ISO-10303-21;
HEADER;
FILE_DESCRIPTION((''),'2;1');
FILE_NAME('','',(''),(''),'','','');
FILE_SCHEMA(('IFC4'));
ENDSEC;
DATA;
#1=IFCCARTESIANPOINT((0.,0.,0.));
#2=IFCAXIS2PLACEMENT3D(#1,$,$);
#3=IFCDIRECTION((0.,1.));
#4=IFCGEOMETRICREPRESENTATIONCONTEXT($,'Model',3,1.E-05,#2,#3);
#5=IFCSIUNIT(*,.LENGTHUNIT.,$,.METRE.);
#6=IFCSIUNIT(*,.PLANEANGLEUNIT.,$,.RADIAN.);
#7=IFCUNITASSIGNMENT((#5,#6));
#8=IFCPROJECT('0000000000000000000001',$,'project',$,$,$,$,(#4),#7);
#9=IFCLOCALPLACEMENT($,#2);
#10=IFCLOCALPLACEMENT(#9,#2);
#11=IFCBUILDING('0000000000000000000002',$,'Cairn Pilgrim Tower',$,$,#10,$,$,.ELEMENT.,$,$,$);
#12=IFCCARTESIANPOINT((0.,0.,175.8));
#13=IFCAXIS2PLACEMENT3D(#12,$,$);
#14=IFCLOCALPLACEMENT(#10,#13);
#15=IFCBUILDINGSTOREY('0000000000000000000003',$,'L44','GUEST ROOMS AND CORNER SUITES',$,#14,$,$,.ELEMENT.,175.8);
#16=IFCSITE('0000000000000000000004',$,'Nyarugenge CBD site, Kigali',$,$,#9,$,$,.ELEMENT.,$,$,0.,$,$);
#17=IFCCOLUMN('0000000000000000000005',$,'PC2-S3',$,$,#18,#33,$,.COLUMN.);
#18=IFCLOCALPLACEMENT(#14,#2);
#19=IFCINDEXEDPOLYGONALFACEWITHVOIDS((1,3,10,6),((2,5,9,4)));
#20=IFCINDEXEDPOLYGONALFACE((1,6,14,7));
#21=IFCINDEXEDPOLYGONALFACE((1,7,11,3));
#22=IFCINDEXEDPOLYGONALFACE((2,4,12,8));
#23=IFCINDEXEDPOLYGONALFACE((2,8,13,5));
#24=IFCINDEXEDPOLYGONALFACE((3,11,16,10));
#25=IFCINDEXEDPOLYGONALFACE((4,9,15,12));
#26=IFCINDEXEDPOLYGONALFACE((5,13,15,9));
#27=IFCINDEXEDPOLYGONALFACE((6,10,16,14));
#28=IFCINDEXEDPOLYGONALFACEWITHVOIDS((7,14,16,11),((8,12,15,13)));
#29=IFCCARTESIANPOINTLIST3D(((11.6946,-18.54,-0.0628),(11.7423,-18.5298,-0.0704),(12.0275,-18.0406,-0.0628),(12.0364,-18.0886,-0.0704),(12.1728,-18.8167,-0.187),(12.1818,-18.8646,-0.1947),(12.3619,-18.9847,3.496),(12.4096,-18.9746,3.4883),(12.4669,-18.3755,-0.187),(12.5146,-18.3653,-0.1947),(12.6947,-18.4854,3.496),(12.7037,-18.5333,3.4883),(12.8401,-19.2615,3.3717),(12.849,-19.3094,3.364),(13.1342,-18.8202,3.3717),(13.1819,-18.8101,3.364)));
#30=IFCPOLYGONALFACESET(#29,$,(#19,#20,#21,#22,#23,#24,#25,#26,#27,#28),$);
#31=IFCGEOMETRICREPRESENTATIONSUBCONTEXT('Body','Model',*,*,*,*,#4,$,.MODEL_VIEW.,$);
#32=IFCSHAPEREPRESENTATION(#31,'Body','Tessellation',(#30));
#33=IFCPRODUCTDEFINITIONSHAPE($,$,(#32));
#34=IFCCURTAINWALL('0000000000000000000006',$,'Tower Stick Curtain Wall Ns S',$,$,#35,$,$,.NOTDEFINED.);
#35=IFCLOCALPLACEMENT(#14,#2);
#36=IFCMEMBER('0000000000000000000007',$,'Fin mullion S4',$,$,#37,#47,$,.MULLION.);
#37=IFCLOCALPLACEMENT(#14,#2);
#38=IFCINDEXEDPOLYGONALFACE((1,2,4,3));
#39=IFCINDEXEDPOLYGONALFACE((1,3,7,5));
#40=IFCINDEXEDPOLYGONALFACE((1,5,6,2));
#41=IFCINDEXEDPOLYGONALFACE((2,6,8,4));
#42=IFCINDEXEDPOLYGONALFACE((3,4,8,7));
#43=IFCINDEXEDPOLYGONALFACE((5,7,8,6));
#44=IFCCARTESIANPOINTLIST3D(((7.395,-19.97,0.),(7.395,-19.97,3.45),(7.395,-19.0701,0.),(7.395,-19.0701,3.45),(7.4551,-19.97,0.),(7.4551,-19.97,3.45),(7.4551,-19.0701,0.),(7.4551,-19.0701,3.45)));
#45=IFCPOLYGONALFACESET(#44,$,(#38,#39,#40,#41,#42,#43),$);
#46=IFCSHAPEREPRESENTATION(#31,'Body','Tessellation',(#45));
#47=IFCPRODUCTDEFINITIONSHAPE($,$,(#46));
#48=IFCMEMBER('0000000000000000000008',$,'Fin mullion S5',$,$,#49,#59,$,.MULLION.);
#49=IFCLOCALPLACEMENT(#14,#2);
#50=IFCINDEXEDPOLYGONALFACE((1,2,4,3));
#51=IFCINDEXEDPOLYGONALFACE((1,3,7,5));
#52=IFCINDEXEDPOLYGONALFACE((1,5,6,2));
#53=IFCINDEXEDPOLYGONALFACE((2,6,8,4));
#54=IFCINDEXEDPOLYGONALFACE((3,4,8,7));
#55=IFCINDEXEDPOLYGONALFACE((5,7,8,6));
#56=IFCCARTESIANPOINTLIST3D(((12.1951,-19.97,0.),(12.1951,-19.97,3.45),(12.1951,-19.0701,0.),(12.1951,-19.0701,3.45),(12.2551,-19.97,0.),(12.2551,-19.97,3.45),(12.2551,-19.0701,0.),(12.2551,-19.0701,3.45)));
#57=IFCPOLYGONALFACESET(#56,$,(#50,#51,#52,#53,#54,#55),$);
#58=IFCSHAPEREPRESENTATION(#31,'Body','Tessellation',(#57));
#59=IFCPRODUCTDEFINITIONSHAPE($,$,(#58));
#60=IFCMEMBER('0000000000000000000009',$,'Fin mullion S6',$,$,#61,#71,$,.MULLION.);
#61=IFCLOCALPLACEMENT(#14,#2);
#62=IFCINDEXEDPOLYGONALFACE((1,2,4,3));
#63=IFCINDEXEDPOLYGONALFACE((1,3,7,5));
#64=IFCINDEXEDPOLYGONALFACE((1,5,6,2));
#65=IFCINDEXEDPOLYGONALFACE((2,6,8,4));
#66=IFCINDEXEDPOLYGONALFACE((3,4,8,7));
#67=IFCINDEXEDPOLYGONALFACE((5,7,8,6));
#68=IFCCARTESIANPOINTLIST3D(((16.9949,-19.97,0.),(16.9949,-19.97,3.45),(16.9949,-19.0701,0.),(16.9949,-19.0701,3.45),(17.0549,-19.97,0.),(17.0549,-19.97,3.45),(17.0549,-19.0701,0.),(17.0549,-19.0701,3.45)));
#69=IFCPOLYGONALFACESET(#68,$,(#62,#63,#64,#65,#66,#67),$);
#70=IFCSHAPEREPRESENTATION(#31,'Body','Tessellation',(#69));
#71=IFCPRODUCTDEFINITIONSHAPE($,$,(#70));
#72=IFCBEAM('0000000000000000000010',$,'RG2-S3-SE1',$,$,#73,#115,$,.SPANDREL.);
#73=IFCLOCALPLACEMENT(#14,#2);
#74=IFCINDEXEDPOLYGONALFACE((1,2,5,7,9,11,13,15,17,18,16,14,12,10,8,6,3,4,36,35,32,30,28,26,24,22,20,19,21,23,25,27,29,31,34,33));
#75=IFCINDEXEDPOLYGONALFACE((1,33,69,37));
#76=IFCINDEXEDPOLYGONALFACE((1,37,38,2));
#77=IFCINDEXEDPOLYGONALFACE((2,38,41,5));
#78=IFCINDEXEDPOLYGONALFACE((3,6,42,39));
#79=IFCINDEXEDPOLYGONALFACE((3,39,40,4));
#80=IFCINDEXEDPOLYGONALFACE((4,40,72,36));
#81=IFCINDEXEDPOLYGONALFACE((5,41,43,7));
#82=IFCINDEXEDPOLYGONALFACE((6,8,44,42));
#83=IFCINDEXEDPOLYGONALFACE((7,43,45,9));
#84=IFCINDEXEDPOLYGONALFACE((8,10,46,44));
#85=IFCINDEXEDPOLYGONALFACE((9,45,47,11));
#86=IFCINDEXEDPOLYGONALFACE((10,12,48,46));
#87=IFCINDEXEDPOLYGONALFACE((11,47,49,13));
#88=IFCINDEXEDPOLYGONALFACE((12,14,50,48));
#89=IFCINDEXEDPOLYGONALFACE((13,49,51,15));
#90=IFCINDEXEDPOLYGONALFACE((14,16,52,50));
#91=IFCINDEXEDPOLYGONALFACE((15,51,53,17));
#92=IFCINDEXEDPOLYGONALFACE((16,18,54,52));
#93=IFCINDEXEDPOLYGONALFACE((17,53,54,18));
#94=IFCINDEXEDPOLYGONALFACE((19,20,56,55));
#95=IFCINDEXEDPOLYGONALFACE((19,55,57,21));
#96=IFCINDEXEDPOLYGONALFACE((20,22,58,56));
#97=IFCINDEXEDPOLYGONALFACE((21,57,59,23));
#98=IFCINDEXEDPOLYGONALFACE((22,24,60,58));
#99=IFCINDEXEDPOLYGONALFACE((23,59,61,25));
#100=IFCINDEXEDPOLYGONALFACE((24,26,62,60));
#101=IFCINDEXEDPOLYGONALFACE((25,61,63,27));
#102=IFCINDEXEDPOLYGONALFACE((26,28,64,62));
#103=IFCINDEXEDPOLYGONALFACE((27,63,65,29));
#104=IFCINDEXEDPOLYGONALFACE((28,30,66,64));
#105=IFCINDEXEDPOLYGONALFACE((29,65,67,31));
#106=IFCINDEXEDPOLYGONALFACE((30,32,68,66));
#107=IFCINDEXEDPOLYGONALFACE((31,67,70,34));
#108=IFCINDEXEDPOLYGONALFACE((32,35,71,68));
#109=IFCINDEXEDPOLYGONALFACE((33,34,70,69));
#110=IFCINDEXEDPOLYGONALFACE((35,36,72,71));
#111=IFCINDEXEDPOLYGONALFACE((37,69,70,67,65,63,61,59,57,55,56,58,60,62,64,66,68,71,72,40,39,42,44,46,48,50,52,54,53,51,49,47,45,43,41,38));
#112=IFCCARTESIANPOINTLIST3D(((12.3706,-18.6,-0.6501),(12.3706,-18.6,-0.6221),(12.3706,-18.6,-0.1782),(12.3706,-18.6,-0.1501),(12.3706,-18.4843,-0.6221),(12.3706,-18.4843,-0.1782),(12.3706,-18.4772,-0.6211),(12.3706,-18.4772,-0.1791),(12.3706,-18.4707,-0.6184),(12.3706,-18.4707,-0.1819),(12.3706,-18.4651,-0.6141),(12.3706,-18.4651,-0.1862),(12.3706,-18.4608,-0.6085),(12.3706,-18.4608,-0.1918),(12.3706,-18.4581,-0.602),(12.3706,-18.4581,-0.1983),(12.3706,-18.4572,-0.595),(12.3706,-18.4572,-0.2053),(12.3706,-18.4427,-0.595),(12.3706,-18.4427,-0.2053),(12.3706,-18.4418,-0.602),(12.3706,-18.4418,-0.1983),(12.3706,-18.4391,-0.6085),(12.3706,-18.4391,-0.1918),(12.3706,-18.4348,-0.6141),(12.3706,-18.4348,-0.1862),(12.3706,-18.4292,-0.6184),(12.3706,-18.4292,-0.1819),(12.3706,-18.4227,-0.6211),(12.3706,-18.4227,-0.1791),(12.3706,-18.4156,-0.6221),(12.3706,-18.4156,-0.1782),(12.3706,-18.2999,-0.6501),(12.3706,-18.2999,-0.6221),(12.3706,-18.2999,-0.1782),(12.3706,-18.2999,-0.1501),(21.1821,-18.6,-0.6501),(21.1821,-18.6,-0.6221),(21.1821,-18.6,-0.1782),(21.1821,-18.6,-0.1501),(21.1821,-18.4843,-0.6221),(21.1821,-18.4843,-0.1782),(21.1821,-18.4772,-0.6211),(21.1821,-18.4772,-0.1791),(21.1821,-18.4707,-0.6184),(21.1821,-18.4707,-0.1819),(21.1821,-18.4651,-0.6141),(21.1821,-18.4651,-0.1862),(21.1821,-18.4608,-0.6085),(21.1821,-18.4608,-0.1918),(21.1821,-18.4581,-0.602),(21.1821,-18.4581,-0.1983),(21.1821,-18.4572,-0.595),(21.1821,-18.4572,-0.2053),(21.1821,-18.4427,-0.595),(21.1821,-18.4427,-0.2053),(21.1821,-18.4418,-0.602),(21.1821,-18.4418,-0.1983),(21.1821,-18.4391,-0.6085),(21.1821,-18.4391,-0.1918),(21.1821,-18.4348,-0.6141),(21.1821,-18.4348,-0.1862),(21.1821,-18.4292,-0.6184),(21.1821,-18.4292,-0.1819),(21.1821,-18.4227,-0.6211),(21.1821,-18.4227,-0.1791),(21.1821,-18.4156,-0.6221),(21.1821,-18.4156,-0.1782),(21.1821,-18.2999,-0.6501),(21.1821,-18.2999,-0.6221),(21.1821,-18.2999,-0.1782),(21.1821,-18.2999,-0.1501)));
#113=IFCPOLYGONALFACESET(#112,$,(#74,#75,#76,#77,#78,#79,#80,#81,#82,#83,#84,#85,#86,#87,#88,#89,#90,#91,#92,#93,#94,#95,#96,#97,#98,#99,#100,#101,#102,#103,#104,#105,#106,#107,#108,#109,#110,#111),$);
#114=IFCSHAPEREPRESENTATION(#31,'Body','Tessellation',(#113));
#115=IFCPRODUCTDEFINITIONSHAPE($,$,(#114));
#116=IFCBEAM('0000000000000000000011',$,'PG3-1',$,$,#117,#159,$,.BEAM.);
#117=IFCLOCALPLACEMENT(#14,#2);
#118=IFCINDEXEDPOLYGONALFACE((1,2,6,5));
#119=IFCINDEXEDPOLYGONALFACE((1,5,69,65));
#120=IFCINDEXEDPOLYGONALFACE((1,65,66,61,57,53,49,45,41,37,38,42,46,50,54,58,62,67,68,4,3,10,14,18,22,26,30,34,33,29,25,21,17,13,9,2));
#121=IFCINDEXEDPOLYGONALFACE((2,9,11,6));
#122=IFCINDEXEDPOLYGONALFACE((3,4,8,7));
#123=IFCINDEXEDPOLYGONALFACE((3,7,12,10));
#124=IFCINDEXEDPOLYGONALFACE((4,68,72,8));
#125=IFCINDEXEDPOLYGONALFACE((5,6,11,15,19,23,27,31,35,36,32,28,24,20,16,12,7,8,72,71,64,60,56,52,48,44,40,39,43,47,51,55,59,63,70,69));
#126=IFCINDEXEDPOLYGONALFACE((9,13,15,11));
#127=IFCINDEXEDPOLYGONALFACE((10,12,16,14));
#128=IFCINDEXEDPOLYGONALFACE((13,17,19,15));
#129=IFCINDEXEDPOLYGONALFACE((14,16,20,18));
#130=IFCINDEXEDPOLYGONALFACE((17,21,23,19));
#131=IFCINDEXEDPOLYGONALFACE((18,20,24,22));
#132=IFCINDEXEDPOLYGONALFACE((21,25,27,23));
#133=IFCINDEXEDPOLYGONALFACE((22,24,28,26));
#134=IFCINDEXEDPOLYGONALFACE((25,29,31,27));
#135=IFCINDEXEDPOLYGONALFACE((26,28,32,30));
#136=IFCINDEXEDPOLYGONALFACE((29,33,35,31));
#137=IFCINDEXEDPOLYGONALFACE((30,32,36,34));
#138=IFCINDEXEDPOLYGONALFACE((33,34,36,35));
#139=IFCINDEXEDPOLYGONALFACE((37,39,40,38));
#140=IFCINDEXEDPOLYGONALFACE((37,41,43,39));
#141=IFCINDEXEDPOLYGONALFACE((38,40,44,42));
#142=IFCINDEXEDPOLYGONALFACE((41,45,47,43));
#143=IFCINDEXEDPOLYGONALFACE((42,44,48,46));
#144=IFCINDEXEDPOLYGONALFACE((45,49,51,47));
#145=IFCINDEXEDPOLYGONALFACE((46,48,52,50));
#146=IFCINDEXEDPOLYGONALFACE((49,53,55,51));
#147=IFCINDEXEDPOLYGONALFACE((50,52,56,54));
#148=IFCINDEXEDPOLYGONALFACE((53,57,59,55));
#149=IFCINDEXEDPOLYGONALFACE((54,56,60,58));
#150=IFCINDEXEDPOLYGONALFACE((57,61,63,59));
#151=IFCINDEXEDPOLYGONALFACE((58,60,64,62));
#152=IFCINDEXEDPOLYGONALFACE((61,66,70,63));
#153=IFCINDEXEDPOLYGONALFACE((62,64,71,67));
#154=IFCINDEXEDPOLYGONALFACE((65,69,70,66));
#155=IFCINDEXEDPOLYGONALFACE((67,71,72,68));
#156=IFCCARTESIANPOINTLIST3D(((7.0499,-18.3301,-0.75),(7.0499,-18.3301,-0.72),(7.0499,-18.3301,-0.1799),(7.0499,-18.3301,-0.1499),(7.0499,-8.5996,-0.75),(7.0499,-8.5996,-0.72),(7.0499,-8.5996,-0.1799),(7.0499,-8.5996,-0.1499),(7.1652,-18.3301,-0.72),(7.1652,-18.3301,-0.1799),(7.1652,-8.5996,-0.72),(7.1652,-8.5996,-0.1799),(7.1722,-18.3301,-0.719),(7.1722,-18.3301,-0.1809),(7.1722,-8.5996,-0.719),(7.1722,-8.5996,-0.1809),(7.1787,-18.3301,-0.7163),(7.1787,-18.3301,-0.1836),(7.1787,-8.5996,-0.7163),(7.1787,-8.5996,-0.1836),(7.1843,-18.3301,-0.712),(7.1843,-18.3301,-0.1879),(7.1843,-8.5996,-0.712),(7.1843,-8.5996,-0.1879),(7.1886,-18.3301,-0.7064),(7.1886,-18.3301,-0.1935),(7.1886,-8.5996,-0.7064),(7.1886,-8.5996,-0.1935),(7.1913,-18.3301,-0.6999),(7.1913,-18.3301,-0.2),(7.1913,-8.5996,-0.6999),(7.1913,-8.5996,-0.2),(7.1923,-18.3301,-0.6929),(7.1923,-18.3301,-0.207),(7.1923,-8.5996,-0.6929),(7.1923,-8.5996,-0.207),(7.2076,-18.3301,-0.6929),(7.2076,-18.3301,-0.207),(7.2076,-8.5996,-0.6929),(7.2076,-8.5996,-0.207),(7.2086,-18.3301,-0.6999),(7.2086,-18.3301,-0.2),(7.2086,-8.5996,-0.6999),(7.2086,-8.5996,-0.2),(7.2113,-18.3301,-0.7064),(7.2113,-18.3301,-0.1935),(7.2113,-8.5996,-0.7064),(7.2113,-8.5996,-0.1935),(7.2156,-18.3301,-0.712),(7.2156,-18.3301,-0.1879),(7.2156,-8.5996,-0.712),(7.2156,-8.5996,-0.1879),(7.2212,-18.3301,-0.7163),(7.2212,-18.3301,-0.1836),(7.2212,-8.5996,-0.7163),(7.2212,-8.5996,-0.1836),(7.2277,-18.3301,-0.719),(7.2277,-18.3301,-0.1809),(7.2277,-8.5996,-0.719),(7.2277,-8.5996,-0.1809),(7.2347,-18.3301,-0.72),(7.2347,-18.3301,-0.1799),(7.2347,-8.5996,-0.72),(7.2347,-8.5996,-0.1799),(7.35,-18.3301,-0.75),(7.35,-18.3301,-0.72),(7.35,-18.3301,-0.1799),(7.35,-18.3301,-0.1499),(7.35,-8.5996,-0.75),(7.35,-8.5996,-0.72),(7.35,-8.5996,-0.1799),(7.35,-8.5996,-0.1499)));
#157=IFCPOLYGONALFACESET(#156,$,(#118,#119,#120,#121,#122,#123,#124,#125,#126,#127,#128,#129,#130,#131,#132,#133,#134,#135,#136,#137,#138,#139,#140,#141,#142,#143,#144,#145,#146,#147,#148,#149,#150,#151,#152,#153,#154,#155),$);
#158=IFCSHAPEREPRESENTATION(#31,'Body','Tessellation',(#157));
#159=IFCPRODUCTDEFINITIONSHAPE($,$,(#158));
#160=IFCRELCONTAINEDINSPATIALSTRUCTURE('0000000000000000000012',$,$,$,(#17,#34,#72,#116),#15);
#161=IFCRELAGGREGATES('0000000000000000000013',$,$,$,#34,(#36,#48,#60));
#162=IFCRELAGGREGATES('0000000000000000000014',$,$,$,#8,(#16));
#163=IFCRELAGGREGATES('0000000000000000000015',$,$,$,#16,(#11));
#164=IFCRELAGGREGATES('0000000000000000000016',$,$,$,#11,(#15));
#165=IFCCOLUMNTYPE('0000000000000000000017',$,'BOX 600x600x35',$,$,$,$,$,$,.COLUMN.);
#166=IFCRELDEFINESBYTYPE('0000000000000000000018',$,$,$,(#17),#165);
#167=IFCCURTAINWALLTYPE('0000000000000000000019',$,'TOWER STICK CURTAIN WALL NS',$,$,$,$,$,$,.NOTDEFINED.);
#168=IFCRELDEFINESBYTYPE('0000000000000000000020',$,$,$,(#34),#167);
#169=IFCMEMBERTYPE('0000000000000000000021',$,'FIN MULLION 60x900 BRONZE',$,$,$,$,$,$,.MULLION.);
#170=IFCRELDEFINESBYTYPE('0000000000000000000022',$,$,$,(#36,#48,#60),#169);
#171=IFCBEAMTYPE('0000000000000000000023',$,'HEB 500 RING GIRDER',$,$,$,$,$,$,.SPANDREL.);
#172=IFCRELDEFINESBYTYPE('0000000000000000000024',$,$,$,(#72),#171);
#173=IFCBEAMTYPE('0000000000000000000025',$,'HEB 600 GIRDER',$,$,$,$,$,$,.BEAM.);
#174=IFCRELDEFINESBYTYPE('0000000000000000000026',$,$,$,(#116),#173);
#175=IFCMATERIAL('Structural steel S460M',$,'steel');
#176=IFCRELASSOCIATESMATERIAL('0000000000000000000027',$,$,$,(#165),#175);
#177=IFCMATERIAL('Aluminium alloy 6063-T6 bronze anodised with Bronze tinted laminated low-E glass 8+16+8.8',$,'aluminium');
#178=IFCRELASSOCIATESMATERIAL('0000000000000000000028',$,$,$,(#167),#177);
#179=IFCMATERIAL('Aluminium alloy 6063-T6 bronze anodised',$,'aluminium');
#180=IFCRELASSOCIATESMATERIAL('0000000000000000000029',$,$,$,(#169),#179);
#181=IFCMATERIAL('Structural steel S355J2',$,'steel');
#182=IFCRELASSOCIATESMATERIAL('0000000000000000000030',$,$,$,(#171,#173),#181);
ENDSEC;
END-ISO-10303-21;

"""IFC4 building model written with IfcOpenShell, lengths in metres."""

from ifc_helpers import new_model, si_unit, direction, frame, origin, origin_2d, place, context, subcontext, project, spatial, rectangle, hollow_rectangle, i_section, extrude, clip, halfspace, material, material_profile, profile_set, type_object, element, aggregate, save


model = new_model("IFC4")

# Units and contexts
model_context = context("Model", 3, precision=1e-05, world=origin(), true_north=direction((0.0, 1.0)))
body_context = subcontext(model_context, "Body", "Model", "MODEL_VIEW")
ifc_project = project(units=[si_unit("LENGTHUNIT", "METRE"), si_unit("PLANEANGLEUNIT", "RADIAN")], contexts=[model_context])

# Site, building, storey
site_placement = place(None, origin())
site = spatial("IfcSite", under=ifc_project, at=site_placement, Name="Nyarugenge CBD site, Kigali", CompositionType="ELEMENT", RefElevation=0.0)
building_placement = place(site_placement, origin())
building = spatial("IfcBuilding", under=site, at=building_placement, Name="Cairn Pilgrim Tower", CompositionType="ELEMENT")
storey_placement = place(building_placement, frame((0.0, 0.0, 175.8)))
storey = spatial("IfcBuildingStorey", under=building, at=storey_placement, Name="L44", Description="GUEST ROOMS AND CORNER SUITES", CompositionType="ELEMENT", Elevation=175.8)

# Column
ifc_material_1 = material(Name="Structural steel S460M", Category="steel")
ifc_material_profile_1 = material_profile(ifc_material_1, hollow_rectangle(XDim=0.6001, YDim=0.6001, WallThickness=0.0349, at=origin_2d()), Name="BOX 600x600x35")
ifc_profile_set_1 = profile_set([ifc_material_profile_1], Name="Structural steel S460M")
column_type = type_object("IfcColumnType", Name="BOX 600x600x35", PredefinedType="COLUMN", material=ifc_profile_set_1)
column_placement = place(storey_placement, frame((12.1006, -18.45, -0.1501), z_axis=(0.182922, -0.121926, 0.975538), x_axis=(0.554631, 0.832097, 0.0)))
element("IfcColumn", 1, at=column_placement, inside=storey, type_object=column_type, Name="PC2-S3", PredefinedType="COLUMN", context=body_context, shape_type="Clipping", body=[
    clip(clip(extrude(hollow_rectangle(XDim=0.6001, YDim=0.6001, WallThickness=0.0349, at=origin_2d()), origin(), (0.0, 0.0, 1.0), 3.6904), halfspace(frame((0.0, 0.0, 0.022), z_axis=(0.0, 0.0, 1.0), x_axis=(1.0, 0.0, 0.0)), True)), halfspace(frame((0.0, 0.0, 3.6699), z_axis=(0.0, 0.0, 1.0), x_axis=(1.0, 0.0, 0.0)), False)),
])

# Curtain wall, members
ifc_material_2 = material(Name="Aluminium alloy 6063-T6 bronze anodised with Bronze tinted laminated low-E glass 8+16+8.8", Category="aluminium")
curtain_wall_type = type_object("IfcCurtainWallType", Name="TOWER STICK CURTAIN WALL NS", PredefinedType="NOTDEFINED", material=ifc_material_2)
curtain_wall_placement = place(storey_placement, origin())
curtain_wall = element("IfcCurtainWall", 2, at=curtain_wall_placement, inside=storey, type_object=curtain_wall_type, Name="Tower Stick Curtain Wall Ns S", PredefinedType="NOTDEFINED")
ifc_material_3 = material(Name="Aluminium alloy 6063-T6 bronze anodised", Category="aluminium")
ifc_material_profile_2 = material_profile(ifc_material_3, rectangle(XDim=0.8999, YDim=0.0601, at=origin_2d()), Name="FIN MULLION 60x900 BRONZE")
ifc_profile_set_2 = profile_set([ifc_material_profile_2], Name="Aluminium alloy 6063-T6 bronze anodised")
member_type_1 = type_object("IfcMemberType", Name="FIN MULLION 60x900 BRONZE", PredefinedType="MULLION", material=ifc_profile_set_2)
member_1_placement = place(storey_placement, frame((7.425, -19.52, 0.0), z_axis=(0.0, 0.0, 1.0), x_axis=(0.0, -1.0, 0.0)))
member_1 = element("IfcMember", 3, at=member_1_placement, type_object=member_type_1, Name="Fin mullion S4", PredefinedType="MULLION", context=body_context, shape_type="SweptSolid", body=[
    extrude(rectangle(XDim=0.8999, YDim=0.0601, at=origin_2d()), origin(), (0.0, 0.0, 1.0), 3.45),
])
member_2_placement = place(storey_placement, frame((12.2251, -19.52, 0.0), z_axis=(0.0, 0.0, 1.0), x_axis=(0.0, -1.0, 0.0)))
member_2 = element("IfcMember", 4, at=member_2_placement, type_object=member_type_1, Name="Fin mullion S5", PredefinedType="MULLION", context=body_context, shape_type="SweptSolid", body=[
    extrude(rectangle(XDim=0.8999, YDim=0.0601, at=origin_2d()), origin(), (0.0, 0.0, 1.0), 3.45),
])
member_3_placement = place(storey_placement, frame((17.0249, -19.52, 0.0), z_axis=(0.0, 0.0, 1.0), x_axis=(0.0, -1.0, 0.0)))
member_3 = element("IfcMember", 5, at=member_3_placement, type_object=member_type_1, Name="Fin mullion S6", PredefinedType="MULLION", context=body_context, shape_type="SweptSolid", body=[
    extrude(rectangle(XDim=0.8999, YDim=0.0601, at=origin_2d()), origin(), (0.0, 0.0, 1.0), 3.45),
])

# Beams
ifc_material_4 = material(Name="Structural steel S355J2", Category="steel")
ifc_material_profile_3 = material_profile(ifc_material_4, i_section(OverallWidth=0.3, OverallDepth=0.5, WebThickness=0.0144, FlangeThickness=0.0281, FilletRadius=0.0271, at=origin_2d()), Name="HEB 500")
ifc_profile_set_3 = profile_set([ifc_material_profile_3], Name="Structural steel S355J2")
beam_type_1 = type_object("IfcBeamType", Name="HEB 500 RING GIRDER", PredefinedType="SPANDREL", material=ifc_profile_set_3)
beam_1_placement = place(storey_placement, frame((12.3706, -18.45, -0.4001), z_axis=(1.0, 0.0, 0.0), x_axis=(0.0, 1.0, 0.0)))
element("IfcBeam", 6, at=beam_1_placement, inside=storey, type_object=beam_type_1, Name="RG2-S3-SE1", PredefinedType="SPANDREL", context=body_context, shape_type="SweptSolid", body=[
    extrude(i_section(OverallWidth=0.3, OverallDepth=0.5, WebThickness=0.0144, FlangeThickness=0.0281, FilletRadius=0.0271, at=origin_2d()), origin(), (0.0, 0.0, 1.0), 8.8115),
])
ifc_material_profile_4 = material_profile(ifc_material_4, i_section(OverallWidth=0.3, OverallDepth=0.6001, WebThickness=0.0154, FlangeThickness=0.03, FilletRadius=0.0271, at=origin_2d()), Name="HEB 600")
ifc_profile_set_4 = profile_set([ifc_material_profile_4], Name="Structural steel S355J2")
beam_type_2 = type_object("IfcBeamType", Name="HEB 600 GIRDER", PredefinedType="BEAM", material=ifc_profile_set_4)
for number, where, z_axis, x_axis, name in (
    (7, (7.2, -18.3301, -0.45), (0.0, 1.0, 0.0), (-1.0, 0.0, 0.0), "PG3-1"),
):
    element("IfcBeam", number, at=place(storey_placement, frame(where, z_axis=z_axis, x_axis=x_axis)), inside=storey, type_object=beam_type_2, Name=name, PredefinedType="BEAM", context=body_context, shape_type="SweptSolid", body=[
        extrude(i_section(OverallWidth=0.3, OverallDepth=0.6001, WebThickness=0.0154, FlangeThickness=0.03, FilletRadius=0.0271, at=origin_2d()), origin(), (0.0, 0.0, 1.0), 9.7305),
    ])

aggregate(curtain_wall, [member_1, member_2, member_3])

save(model, "model.ifc")
